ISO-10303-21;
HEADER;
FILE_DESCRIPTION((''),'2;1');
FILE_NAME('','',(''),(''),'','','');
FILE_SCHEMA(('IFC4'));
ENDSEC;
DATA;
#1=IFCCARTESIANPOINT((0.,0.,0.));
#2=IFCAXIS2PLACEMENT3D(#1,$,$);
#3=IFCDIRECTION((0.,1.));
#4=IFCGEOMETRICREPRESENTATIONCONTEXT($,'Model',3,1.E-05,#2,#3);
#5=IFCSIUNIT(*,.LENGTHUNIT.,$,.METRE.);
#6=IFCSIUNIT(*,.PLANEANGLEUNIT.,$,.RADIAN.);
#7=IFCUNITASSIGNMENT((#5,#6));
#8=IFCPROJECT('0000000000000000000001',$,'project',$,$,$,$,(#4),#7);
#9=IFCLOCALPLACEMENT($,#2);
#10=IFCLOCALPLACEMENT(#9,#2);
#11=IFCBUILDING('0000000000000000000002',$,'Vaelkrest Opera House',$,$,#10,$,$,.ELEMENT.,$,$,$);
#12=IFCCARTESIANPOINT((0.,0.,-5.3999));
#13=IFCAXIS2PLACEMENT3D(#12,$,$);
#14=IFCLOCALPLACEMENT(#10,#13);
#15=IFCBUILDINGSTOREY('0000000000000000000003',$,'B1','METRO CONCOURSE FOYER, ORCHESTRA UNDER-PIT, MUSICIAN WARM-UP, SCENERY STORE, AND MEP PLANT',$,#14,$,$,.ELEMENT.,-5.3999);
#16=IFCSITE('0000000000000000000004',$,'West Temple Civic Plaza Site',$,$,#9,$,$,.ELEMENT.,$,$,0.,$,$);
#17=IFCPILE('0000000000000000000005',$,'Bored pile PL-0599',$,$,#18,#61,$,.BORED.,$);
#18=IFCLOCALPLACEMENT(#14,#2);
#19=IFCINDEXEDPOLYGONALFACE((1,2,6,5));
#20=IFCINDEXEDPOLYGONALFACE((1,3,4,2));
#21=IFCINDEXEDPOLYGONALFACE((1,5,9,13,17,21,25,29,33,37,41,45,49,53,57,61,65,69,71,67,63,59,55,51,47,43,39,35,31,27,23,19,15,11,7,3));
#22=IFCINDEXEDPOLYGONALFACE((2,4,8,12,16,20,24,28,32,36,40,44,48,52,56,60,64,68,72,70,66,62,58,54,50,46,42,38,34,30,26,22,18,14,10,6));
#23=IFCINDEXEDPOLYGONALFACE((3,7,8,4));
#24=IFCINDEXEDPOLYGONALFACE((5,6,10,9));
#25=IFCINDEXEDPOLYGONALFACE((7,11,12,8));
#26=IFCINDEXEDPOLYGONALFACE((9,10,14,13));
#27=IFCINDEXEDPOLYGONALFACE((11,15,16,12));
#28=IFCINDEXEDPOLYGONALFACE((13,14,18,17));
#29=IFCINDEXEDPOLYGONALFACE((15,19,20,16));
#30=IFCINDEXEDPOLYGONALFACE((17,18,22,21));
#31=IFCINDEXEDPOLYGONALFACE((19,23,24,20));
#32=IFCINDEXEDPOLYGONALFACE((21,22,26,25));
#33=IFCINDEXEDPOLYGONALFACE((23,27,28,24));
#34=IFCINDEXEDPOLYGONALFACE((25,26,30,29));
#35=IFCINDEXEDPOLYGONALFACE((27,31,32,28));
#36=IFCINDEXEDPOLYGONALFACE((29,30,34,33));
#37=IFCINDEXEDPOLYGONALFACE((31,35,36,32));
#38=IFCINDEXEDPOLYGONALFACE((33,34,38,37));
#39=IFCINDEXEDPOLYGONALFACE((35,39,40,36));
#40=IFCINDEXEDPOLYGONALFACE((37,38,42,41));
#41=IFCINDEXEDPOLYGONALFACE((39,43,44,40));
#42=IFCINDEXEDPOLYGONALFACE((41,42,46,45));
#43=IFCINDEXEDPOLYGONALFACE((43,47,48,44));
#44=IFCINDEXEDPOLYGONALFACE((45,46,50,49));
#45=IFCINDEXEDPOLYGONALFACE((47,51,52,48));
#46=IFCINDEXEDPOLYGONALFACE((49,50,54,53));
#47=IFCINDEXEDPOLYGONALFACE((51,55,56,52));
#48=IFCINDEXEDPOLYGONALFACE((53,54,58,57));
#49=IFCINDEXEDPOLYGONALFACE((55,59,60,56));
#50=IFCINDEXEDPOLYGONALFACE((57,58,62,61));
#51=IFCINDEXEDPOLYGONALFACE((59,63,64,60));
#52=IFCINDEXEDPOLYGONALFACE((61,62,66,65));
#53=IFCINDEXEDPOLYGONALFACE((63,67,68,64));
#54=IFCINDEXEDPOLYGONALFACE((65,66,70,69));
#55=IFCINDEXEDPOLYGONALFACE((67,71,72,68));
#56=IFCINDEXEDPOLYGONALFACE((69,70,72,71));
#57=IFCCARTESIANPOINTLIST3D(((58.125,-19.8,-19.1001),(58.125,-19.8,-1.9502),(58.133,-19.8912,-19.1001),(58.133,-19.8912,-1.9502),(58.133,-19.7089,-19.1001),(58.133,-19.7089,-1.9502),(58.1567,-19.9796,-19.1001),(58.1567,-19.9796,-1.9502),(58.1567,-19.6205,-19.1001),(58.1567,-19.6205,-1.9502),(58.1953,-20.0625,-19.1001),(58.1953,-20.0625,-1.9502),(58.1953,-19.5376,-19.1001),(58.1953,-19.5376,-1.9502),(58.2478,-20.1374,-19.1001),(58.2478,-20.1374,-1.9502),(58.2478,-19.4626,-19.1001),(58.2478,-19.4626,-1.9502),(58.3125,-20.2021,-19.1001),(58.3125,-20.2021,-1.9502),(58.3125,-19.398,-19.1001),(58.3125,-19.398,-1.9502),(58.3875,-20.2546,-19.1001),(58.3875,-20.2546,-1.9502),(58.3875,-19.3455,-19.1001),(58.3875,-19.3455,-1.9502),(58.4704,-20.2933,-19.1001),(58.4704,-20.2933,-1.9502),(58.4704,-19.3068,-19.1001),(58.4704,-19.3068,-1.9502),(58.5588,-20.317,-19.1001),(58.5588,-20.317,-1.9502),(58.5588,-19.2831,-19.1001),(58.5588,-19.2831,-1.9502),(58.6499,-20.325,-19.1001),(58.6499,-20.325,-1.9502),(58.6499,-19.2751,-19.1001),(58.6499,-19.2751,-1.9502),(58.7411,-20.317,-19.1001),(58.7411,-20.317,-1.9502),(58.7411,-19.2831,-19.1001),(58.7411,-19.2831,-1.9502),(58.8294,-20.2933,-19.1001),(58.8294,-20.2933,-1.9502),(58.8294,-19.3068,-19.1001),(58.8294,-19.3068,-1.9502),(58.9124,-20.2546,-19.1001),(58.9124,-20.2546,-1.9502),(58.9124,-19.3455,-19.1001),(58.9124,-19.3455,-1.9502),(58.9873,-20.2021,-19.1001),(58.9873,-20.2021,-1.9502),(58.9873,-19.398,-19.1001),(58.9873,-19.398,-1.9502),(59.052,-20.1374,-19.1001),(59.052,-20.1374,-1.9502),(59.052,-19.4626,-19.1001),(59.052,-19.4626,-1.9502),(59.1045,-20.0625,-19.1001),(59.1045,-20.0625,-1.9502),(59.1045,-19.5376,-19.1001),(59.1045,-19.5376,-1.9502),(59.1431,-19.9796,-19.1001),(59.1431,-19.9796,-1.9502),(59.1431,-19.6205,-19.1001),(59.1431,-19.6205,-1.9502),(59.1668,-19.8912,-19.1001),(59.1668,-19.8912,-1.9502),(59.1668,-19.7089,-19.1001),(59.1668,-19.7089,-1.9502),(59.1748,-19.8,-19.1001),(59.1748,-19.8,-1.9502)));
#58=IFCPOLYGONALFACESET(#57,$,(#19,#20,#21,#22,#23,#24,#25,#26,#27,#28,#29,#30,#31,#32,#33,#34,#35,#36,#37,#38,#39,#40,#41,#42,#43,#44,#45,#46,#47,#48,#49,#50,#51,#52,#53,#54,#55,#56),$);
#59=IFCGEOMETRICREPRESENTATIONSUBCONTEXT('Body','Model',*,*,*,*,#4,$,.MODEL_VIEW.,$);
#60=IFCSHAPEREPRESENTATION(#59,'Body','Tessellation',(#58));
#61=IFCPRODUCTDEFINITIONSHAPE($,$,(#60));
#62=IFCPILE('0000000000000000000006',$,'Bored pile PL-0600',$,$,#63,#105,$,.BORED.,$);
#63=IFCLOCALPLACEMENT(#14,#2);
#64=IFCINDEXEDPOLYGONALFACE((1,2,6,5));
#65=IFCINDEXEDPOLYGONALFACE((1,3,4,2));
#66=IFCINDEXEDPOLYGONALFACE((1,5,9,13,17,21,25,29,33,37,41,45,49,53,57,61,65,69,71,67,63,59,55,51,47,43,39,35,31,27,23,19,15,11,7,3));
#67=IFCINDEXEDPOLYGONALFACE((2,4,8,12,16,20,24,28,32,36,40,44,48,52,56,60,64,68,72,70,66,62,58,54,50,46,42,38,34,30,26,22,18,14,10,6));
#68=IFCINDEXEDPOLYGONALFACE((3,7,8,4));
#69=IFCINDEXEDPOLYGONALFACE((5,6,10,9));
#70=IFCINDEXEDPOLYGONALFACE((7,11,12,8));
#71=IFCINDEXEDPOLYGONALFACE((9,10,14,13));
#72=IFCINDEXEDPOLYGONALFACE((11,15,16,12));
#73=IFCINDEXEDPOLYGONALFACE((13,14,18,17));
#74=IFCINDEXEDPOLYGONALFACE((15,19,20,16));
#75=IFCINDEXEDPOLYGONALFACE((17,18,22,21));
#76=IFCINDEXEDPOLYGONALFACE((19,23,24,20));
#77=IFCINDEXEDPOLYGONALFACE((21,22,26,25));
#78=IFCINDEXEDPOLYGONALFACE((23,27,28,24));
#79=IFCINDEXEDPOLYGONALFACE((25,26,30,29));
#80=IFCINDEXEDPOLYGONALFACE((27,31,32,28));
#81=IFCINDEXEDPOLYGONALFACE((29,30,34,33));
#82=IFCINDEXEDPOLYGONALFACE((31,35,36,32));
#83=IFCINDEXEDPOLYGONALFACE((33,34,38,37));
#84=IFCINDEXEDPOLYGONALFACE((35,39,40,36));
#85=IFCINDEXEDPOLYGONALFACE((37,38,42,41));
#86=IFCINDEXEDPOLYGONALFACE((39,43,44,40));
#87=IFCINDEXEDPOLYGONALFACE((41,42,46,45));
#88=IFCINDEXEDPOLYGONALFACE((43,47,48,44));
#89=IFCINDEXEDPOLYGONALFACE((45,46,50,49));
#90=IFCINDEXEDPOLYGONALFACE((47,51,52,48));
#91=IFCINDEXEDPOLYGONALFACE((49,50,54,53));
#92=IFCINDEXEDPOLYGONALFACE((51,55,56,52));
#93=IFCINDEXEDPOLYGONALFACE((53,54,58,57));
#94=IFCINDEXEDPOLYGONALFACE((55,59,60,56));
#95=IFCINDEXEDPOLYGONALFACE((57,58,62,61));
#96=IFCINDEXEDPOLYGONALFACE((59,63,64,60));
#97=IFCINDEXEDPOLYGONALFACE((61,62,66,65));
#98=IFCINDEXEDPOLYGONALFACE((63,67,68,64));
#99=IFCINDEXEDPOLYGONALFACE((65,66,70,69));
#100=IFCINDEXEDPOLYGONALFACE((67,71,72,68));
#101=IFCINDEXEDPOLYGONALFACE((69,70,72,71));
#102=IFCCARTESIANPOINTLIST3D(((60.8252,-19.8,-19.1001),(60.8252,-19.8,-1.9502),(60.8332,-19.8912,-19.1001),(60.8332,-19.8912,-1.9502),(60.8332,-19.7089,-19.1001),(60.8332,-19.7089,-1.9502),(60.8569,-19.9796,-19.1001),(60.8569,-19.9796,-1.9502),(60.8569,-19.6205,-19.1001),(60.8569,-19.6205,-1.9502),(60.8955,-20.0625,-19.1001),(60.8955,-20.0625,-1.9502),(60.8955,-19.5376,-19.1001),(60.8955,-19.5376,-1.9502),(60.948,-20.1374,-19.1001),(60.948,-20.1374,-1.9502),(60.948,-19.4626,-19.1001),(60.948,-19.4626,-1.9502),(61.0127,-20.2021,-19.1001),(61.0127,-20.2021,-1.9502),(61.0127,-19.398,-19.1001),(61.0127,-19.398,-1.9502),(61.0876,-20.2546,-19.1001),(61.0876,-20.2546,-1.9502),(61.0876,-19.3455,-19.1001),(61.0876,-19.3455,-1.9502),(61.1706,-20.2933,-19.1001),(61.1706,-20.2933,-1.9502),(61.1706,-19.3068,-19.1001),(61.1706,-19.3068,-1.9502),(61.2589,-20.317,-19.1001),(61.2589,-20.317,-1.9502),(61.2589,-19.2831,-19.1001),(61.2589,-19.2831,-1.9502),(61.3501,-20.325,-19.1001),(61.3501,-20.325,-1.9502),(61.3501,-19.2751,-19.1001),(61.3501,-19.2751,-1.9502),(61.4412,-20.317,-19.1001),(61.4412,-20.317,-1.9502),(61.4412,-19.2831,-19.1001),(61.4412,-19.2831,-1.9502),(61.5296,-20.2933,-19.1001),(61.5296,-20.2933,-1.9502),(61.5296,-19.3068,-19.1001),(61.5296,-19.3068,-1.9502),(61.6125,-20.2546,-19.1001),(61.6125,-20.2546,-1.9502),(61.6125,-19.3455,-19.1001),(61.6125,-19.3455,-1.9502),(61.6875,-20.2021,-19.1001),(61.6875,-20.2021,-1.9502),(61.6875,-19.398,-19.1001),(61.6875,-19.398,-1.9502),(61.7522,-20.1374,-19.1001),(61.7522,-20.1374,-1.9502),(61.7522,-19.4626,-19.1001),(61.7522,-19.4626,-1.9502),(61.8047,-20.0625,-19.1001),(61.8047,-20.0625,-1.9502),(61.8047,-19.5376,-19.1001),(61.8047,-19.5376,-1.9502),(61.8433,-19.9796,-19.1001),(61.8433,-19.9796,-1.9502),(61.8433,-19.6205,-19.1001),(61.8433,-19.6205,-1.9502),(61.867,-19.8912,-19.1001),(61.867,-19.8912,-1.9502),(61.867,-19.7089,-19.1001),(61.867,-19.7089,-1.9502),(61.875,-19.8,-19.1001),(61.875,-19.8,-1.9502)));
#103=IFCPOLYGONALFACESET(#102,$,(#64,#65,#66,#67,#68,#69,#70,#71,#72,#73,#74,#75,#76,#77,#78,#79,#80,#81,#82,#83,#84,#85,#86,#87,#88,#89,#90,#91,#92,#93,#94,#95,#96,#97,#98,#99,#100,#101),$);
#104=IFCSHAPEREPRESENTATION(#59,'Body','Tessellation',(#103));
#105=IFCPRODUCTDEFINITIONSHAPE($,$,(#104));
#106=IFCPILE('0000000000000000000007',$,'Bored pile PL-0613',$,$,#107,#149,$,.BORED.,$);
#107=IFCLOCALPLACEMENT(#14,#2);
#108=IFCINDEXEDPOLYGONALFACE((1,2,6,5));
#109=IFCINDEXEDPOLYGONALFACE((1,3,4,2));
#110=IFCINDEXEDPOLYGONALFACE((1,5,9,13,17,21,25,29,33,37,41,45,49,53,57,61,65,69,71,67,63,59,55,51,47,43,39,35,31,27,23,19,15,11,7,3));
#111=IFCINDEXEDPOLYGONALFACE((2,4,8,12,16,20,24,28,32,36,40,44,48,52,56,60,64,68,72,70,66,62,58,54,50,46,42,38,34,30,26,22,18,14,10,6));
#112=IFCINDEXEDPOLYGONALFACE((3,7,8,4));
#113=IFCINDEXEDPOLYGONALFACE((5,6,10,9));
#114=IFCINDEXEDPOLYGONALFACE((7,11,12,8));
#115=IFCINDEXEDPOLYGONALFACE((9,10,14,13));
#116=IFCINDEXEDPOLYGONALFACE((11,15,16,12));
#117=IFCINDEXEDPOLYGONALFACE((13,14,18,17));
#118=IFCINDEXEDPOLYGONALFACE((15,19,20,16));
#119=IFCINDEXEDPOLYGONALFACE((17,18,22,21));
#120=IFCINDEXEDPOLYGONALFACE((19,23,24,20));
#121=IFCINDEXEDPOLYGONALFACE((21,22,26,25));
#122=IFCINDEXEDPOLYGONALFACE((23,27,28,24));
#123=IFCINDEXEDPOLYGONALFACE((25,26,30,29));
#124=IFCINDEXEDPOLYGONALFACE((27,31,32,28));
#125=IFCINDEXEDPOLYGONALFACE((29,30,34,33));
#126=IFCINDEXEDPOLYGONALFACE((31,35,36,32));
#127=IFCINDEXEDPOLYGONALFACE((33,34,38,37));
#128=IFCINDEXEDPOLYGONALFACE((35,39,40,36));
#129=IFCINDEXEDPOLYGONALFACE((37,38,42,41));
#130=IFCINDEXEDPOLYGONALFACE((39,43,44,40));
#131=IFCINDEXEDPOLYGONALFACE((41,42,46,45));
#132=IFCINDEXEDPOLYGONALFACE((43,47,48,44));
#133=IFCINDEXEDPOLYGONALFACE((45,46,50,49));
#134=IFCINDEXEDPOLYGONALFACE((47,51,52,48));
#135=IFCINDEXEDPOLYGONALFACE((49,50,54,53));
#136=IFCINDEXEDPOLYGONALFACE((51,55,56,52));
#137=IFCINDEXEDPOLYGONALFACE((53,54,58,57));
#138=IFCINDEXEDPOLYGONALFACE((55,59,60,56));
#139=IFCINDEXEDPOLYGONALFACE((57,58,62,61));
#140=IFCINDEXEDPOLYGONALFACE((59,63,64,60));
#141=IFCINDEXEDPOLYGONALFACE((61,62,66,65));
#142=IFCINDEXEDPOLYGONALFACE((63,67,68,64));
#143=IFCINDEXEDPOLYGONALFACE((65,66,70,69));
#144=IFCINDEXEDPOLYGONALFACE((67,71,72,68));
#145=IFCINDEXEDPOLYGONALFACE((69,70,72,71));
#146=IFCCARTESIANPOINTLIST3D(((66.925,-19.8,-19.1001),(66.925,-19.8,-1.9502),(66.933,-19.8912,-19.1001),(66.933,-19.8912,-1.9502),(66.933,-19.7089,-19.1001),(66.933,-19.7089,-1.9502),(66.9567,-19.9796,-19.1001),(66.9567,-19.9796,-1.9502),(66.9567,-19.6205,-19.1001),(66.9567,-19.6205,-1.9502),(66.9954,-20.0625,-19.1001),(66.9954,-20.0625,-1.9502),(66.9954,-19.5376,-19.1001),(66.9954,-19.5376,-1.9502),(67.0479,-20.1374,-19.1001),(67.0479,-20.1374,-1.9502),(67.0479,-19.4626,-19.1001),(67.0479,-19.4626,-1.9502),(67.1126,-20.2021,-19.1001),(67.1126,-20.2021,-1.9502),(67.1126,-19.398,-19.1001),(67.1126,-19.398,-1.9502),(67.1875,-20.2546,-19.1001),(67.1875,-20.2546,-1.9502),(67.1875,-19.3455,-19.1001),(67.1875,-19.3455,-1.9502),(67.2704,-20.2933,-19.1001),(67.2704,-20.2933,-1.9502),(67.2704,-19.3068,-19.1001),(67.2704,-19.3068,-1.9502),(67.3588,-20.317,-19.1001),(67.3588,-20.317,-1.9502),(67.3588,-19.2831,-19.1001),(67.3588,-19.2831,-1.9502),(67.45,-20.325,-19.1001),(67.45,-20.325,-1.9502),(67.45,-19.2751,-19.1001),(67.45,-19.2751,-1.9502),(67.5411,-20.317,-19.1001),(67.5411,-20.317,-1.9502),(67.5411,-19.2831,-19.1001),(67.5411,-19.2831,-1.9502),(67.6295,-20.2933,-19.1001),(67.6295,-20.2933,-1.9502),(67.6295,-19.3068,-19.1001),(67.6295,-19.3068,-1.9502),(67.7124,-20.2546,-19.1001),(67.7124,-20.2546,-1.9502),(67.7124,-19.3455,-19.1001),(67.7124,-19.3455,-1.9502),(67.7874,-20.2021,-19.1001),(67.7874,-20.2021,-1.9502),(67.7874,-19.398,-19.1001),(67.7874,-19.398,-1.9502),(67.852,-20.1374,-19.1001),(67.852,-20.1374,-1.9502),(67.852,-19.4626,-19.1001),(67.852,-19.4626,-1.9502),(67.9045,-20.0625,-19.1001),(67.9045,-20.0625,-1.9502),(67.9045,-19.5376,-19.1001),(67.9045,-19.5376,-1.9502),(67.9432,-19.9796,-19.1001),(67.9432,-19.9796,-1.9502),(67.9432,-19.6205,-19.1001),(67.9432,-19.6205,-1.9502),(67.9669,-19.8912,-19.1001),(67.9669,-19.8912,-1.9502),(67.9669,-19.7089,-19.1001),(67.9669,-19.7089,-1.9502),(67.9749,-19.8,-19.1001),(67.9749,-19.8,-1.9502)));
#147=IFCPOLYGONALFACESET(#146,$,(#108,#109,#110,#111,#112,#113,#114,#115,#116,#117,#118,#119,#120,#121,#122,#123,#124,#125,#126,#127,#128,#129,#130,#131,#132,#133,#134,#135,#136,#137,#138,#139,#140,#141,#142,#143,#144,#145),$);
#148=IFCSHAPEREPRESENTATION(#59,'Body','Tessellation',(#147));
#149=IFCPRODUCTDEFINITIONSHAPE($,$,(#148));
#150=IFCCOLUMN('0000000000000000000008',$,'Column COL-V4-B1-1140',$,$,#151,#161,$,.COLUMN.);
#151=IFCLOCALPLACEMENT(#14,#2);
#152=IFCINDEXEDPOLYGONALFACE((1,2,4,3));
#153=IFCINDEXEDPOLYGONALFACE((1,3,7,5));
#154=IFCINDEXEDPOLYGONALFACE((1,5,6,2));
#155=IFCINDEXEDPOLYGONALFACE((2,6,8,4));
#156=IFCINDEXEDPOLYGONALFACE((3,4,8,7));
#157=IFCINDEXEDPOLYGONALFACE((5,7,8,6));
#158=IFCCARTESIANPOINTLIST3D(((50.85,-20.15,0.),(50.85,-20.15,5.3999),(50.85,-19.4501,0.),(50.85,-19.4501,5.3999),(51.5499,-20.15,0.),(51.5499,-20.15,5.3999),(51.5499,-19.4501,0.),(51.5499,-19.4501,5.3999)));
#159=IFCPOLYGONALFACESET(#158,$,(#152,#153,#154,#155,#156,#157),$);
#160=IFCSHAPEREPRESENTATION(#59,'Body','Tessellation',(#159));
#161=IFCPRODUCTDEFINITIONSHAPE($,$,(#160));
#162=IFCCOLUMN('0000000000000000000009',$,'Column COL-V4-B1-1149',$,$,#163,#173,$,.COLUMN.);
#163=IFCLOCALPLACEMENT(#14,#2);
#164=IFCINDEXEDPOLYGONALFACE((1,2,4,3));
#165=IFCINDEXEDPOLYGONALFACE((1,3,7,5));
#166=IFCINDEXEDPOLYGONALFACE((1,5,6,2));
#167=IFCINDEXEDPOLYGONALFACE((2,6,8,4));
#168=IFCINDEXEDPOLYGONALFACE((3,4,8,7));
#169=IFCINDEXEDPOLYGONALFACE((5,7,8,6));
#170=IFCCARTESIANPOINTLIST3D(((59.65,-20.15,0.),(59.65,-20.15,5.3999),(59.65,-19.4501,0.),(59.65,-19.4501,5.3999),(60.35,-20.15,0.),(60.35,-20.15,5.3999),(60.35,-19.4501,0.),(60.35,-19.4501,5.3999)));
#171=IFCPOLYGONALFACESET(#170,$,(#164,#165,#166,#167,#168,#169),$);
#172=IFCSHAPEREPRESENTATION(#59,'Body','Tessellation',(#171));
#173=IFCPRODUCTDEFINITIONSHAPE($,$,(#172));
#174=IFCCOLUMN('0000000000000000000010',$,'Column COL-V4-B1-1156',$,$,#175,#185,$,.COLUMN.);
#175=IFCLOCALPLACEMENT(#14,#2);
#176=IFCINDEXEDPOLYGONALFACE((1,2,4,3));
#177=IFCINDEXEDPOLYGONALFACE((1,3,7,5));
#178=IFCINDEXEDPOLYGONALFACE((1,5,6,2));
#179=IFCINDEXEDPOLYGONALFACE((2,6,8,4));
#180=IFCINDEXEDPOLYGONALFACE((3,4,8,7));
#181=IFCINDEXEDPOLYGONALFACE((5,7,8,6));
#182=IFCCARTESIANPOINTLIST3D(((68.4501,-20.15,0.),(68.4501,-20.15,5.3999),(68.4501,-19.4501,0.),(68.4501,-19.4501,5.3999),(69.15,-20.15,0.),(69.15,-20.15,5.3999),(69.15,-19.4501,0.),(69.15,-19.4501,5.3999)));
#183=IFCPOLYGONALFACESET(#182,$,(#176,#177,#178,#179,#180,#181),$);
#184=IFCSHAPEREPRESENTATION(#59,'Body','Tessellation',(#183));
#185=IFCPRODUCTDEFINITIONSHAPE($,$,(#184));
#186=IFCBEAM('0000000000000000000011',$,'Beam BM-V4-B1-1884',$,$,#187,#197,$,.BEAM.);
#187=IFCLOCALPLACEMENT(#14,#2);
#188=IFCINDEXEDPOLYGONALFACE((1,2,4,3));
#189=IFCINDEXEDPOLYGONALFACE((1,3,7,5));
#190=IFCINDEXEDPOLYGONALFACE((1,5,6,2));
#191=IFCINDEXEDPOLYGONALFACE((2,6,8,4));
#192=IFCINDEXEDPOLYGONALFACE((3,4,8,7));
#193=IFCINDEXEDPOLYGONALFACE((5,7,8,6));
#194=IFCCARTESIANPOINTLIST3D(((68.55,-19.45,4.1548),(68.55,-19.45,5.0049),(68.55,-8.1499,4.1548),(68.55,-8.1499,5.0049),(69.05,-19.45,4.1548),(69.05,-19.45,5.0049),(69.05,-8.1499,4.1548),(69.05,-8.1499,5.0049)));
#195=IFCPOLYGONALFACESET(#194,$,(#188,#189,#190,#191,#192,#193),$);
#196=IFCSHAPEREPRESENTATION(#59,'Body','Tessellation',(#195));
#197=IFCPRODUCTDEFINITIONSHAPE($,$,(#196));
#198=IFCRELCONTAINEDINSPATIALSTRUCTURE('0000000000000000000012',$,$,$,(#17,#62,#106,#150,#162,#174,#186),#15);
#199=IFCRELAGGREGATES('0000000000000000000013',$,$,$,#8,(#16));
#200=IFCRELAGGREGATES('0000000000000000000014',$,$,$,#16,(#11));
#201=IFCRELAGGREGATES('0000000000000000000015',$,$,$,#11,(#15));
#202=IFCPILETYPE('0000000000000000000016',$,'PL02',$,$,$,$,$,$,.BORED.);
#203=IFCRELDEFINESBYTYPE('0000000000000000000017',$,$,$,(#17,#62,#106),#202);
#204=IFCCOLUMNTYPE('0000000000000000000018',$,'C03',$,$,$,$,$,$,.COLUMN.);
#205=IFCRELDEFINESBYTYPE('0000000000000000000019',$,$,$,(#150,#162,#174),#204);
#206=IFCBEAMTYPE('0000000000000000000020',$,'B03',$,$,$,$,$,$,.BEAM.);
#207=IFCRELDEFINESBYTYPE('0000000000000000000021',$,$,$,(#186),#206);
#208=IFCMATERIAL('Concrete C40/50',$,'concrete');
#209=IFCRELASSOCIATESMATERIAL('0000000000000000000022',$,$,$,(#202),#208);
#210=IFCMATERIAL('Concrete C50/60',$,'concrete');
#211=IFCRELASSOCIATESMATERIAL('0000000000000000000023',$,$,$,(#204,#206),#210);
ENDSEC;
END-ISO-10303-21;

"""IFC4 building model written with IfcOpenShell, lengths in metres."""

from ifc_helpers import new_model, si_unit, direction, frame, origin, origin_2d, place, context, subcontext, project, spatial, rectangle, circle, extrude, material, material_profile, profile_set, type_object, element, save


model = new_model("IFC4")

# Units and contexts
model_context = context("Model", 3, precision=1e-05, world=origin(), true_north=direction((0.0, 1.0)))
body_context = subcontext(model_context, "Body", "Model", "MODEL_VIEW")
ifc_project = project(units=[si_unit("LENGTHUNIT", "METRE"), si_unit("PLANEANGLEUNIT", "RADIAN")], contexts=[model_context])

# Site, building, storey
site_placement = place(None, origin())
site = spatial("IfcSite", under=ifc_project, at=site_placement, Name="West Temple Civic Plaza Site", CompositionType="ELEMENT", RefElevation=0.0)
building_placement = place(site_placement, origin())
building = spatial("IfcBuilding", under=site, at=building_placement, Name="Vaelkrest Opera House", CompositionType="ELEMENT")
storey_placement = place(building_placement, frame((0.0, 0.0, -5.3999)))
storey = spatial("IfcBuildingStorey", under=building, at=storey_placement, Name="B1", Description="METRO CONCOURSE FOYER, ORCHESTRA UNDER-PIT, MUSICIAN WARM-UP, SCENERY STORE, AND MEP PLANT", CompositionType="ELEMENT", Elevation=-5.3999)

# Shared definitions
ifc_material_1 = material(Name="Concrete C40/50", Category="concrete")

# Piles
ifc_material_profile_1 = material_profile(ifc_material_1, circle(Radius=0.5249, at=origin_2d()), Name="PILE1050")
ifc_profile_set_1 = profile_set([ifc_material_profile_1], Name="Concrete C40/50")
pile_type = type_object("IfcPileType", Name="PL02", PredefinedType="BORED", material=ifc_profile_set_1)
for number, where, z_axis, x_axis, name in (
    (1, (58.6499, -19.8, -1.9502), (0.0, 0.0, -1.0), (1.0, 0.0, 0.0), "Bored pile PL-0599"),
    (2, (61.3501, -19.8, -1.9502), (0.0, 0.0, -1.0), (1.0, 0.0, 0.0), "Bored pile PL-0600"),
    (3, (67.45, -19.8, -1.9502), (0.0, 0.0, -1.0), (1.0, 0.0, 0.0), "Bored pile PL-0613"),
):
    element("IfcPile", number, at=place(storey_placement, frame(where, z_axis=z_axis, x_axis=x_axis)), inside=storey, type_object=pile_type, Name=name, PredefinedType="BORED", context=body_context, shape_type="SweptSolid", body=[
        extrude(circle(Radius=0.5249, at=origin_2d()), origin(), (0.0, 0.0, 1.0), 17.1499),
    ])

# Columns
ifc_material_2 = material(Name="Concrete C50/60", Category="concrete")
ifc_material_profile_2 = material_profile(ifc_material_2, rectangle(XDim=0.7, YDim=0.7, at=origin_2d()), Name="RC700X700")
ifc_profile_set_2 = profile_set([ifc_material_profile_2], Name="Concrete C50/60")
column_type = type_object("IfcColumnType", Name="C03", PredefinedType="COLUMN", material=ifc_profile_set_2)
for number, where, z_axis, x_axis, name in (
    (4, (51.2, -19.8, 0.0), (0.0, 0.0, 1.0), (1.0, 0.0, 0.0), "Column COL-V4-B1-1140"),
    (5, (60.0, -19.8, 0.0), (0.0, 0.0, 1.0), (1.0, 0.0, 0.0), "Column COL-V4-B1-1149"),
    (6, (68.8, -19.8, 0.0), (0.0, 0.0, 1.0), (1.0, 0.0, 0.0), "Column COL-V4-B1-1156"),
):
    element("IfcColumn", number, at=place(storey_placement, frame(where, z_axis=z_axis, x_axis=x_axis)), inside=storey, type_object=column_type, Name=name, PredefinedType="COLUMN", context=body_context, shape_type="SweptSolid", body=[
        extrude(rectangle(XDim=0.7, YDim=0.7, at=origin_2d()), origin(), (0.0, 0.0, 1.0), 5.3999),
    ])

# Beam
ifc_material_profile_3 = material_profile(ifc_material_2, rectangle(XDim=0.5, YDim=0.8501, at=origin_2d()), Name="RCB500X850")
ifc_profile_set_3 = profile_set([ifc_material_profile_3], Name="Concrete C50/60")
beam_type_1 = type_object("IfcBeamType", Name="B03", PredefinedType="BEAM", material=ifc_profile_set_3)
beam_1_placement = place(storey_placement, frame((68.8, -19.45, 4.5798), z_axis=(0.0, 1.0, 0.0), x_axis=(-1.0, 0.0, 0.0)))
element("IfcBeam", 7, at=beam_1_placement, inside=storey, type_object=beam_type_1, Name="Beam BM-V4-B1-1884", PredefinedType="BEAM", context=body_context, shape_type="SweptSolid", body=[
    extrude(rectangle(XDim=0.5, YDim=0.8501, at=origin_2d()), origin(), (0.0, 0.0, 1.0), 11.3),
])

save(model, "model.ifc")
